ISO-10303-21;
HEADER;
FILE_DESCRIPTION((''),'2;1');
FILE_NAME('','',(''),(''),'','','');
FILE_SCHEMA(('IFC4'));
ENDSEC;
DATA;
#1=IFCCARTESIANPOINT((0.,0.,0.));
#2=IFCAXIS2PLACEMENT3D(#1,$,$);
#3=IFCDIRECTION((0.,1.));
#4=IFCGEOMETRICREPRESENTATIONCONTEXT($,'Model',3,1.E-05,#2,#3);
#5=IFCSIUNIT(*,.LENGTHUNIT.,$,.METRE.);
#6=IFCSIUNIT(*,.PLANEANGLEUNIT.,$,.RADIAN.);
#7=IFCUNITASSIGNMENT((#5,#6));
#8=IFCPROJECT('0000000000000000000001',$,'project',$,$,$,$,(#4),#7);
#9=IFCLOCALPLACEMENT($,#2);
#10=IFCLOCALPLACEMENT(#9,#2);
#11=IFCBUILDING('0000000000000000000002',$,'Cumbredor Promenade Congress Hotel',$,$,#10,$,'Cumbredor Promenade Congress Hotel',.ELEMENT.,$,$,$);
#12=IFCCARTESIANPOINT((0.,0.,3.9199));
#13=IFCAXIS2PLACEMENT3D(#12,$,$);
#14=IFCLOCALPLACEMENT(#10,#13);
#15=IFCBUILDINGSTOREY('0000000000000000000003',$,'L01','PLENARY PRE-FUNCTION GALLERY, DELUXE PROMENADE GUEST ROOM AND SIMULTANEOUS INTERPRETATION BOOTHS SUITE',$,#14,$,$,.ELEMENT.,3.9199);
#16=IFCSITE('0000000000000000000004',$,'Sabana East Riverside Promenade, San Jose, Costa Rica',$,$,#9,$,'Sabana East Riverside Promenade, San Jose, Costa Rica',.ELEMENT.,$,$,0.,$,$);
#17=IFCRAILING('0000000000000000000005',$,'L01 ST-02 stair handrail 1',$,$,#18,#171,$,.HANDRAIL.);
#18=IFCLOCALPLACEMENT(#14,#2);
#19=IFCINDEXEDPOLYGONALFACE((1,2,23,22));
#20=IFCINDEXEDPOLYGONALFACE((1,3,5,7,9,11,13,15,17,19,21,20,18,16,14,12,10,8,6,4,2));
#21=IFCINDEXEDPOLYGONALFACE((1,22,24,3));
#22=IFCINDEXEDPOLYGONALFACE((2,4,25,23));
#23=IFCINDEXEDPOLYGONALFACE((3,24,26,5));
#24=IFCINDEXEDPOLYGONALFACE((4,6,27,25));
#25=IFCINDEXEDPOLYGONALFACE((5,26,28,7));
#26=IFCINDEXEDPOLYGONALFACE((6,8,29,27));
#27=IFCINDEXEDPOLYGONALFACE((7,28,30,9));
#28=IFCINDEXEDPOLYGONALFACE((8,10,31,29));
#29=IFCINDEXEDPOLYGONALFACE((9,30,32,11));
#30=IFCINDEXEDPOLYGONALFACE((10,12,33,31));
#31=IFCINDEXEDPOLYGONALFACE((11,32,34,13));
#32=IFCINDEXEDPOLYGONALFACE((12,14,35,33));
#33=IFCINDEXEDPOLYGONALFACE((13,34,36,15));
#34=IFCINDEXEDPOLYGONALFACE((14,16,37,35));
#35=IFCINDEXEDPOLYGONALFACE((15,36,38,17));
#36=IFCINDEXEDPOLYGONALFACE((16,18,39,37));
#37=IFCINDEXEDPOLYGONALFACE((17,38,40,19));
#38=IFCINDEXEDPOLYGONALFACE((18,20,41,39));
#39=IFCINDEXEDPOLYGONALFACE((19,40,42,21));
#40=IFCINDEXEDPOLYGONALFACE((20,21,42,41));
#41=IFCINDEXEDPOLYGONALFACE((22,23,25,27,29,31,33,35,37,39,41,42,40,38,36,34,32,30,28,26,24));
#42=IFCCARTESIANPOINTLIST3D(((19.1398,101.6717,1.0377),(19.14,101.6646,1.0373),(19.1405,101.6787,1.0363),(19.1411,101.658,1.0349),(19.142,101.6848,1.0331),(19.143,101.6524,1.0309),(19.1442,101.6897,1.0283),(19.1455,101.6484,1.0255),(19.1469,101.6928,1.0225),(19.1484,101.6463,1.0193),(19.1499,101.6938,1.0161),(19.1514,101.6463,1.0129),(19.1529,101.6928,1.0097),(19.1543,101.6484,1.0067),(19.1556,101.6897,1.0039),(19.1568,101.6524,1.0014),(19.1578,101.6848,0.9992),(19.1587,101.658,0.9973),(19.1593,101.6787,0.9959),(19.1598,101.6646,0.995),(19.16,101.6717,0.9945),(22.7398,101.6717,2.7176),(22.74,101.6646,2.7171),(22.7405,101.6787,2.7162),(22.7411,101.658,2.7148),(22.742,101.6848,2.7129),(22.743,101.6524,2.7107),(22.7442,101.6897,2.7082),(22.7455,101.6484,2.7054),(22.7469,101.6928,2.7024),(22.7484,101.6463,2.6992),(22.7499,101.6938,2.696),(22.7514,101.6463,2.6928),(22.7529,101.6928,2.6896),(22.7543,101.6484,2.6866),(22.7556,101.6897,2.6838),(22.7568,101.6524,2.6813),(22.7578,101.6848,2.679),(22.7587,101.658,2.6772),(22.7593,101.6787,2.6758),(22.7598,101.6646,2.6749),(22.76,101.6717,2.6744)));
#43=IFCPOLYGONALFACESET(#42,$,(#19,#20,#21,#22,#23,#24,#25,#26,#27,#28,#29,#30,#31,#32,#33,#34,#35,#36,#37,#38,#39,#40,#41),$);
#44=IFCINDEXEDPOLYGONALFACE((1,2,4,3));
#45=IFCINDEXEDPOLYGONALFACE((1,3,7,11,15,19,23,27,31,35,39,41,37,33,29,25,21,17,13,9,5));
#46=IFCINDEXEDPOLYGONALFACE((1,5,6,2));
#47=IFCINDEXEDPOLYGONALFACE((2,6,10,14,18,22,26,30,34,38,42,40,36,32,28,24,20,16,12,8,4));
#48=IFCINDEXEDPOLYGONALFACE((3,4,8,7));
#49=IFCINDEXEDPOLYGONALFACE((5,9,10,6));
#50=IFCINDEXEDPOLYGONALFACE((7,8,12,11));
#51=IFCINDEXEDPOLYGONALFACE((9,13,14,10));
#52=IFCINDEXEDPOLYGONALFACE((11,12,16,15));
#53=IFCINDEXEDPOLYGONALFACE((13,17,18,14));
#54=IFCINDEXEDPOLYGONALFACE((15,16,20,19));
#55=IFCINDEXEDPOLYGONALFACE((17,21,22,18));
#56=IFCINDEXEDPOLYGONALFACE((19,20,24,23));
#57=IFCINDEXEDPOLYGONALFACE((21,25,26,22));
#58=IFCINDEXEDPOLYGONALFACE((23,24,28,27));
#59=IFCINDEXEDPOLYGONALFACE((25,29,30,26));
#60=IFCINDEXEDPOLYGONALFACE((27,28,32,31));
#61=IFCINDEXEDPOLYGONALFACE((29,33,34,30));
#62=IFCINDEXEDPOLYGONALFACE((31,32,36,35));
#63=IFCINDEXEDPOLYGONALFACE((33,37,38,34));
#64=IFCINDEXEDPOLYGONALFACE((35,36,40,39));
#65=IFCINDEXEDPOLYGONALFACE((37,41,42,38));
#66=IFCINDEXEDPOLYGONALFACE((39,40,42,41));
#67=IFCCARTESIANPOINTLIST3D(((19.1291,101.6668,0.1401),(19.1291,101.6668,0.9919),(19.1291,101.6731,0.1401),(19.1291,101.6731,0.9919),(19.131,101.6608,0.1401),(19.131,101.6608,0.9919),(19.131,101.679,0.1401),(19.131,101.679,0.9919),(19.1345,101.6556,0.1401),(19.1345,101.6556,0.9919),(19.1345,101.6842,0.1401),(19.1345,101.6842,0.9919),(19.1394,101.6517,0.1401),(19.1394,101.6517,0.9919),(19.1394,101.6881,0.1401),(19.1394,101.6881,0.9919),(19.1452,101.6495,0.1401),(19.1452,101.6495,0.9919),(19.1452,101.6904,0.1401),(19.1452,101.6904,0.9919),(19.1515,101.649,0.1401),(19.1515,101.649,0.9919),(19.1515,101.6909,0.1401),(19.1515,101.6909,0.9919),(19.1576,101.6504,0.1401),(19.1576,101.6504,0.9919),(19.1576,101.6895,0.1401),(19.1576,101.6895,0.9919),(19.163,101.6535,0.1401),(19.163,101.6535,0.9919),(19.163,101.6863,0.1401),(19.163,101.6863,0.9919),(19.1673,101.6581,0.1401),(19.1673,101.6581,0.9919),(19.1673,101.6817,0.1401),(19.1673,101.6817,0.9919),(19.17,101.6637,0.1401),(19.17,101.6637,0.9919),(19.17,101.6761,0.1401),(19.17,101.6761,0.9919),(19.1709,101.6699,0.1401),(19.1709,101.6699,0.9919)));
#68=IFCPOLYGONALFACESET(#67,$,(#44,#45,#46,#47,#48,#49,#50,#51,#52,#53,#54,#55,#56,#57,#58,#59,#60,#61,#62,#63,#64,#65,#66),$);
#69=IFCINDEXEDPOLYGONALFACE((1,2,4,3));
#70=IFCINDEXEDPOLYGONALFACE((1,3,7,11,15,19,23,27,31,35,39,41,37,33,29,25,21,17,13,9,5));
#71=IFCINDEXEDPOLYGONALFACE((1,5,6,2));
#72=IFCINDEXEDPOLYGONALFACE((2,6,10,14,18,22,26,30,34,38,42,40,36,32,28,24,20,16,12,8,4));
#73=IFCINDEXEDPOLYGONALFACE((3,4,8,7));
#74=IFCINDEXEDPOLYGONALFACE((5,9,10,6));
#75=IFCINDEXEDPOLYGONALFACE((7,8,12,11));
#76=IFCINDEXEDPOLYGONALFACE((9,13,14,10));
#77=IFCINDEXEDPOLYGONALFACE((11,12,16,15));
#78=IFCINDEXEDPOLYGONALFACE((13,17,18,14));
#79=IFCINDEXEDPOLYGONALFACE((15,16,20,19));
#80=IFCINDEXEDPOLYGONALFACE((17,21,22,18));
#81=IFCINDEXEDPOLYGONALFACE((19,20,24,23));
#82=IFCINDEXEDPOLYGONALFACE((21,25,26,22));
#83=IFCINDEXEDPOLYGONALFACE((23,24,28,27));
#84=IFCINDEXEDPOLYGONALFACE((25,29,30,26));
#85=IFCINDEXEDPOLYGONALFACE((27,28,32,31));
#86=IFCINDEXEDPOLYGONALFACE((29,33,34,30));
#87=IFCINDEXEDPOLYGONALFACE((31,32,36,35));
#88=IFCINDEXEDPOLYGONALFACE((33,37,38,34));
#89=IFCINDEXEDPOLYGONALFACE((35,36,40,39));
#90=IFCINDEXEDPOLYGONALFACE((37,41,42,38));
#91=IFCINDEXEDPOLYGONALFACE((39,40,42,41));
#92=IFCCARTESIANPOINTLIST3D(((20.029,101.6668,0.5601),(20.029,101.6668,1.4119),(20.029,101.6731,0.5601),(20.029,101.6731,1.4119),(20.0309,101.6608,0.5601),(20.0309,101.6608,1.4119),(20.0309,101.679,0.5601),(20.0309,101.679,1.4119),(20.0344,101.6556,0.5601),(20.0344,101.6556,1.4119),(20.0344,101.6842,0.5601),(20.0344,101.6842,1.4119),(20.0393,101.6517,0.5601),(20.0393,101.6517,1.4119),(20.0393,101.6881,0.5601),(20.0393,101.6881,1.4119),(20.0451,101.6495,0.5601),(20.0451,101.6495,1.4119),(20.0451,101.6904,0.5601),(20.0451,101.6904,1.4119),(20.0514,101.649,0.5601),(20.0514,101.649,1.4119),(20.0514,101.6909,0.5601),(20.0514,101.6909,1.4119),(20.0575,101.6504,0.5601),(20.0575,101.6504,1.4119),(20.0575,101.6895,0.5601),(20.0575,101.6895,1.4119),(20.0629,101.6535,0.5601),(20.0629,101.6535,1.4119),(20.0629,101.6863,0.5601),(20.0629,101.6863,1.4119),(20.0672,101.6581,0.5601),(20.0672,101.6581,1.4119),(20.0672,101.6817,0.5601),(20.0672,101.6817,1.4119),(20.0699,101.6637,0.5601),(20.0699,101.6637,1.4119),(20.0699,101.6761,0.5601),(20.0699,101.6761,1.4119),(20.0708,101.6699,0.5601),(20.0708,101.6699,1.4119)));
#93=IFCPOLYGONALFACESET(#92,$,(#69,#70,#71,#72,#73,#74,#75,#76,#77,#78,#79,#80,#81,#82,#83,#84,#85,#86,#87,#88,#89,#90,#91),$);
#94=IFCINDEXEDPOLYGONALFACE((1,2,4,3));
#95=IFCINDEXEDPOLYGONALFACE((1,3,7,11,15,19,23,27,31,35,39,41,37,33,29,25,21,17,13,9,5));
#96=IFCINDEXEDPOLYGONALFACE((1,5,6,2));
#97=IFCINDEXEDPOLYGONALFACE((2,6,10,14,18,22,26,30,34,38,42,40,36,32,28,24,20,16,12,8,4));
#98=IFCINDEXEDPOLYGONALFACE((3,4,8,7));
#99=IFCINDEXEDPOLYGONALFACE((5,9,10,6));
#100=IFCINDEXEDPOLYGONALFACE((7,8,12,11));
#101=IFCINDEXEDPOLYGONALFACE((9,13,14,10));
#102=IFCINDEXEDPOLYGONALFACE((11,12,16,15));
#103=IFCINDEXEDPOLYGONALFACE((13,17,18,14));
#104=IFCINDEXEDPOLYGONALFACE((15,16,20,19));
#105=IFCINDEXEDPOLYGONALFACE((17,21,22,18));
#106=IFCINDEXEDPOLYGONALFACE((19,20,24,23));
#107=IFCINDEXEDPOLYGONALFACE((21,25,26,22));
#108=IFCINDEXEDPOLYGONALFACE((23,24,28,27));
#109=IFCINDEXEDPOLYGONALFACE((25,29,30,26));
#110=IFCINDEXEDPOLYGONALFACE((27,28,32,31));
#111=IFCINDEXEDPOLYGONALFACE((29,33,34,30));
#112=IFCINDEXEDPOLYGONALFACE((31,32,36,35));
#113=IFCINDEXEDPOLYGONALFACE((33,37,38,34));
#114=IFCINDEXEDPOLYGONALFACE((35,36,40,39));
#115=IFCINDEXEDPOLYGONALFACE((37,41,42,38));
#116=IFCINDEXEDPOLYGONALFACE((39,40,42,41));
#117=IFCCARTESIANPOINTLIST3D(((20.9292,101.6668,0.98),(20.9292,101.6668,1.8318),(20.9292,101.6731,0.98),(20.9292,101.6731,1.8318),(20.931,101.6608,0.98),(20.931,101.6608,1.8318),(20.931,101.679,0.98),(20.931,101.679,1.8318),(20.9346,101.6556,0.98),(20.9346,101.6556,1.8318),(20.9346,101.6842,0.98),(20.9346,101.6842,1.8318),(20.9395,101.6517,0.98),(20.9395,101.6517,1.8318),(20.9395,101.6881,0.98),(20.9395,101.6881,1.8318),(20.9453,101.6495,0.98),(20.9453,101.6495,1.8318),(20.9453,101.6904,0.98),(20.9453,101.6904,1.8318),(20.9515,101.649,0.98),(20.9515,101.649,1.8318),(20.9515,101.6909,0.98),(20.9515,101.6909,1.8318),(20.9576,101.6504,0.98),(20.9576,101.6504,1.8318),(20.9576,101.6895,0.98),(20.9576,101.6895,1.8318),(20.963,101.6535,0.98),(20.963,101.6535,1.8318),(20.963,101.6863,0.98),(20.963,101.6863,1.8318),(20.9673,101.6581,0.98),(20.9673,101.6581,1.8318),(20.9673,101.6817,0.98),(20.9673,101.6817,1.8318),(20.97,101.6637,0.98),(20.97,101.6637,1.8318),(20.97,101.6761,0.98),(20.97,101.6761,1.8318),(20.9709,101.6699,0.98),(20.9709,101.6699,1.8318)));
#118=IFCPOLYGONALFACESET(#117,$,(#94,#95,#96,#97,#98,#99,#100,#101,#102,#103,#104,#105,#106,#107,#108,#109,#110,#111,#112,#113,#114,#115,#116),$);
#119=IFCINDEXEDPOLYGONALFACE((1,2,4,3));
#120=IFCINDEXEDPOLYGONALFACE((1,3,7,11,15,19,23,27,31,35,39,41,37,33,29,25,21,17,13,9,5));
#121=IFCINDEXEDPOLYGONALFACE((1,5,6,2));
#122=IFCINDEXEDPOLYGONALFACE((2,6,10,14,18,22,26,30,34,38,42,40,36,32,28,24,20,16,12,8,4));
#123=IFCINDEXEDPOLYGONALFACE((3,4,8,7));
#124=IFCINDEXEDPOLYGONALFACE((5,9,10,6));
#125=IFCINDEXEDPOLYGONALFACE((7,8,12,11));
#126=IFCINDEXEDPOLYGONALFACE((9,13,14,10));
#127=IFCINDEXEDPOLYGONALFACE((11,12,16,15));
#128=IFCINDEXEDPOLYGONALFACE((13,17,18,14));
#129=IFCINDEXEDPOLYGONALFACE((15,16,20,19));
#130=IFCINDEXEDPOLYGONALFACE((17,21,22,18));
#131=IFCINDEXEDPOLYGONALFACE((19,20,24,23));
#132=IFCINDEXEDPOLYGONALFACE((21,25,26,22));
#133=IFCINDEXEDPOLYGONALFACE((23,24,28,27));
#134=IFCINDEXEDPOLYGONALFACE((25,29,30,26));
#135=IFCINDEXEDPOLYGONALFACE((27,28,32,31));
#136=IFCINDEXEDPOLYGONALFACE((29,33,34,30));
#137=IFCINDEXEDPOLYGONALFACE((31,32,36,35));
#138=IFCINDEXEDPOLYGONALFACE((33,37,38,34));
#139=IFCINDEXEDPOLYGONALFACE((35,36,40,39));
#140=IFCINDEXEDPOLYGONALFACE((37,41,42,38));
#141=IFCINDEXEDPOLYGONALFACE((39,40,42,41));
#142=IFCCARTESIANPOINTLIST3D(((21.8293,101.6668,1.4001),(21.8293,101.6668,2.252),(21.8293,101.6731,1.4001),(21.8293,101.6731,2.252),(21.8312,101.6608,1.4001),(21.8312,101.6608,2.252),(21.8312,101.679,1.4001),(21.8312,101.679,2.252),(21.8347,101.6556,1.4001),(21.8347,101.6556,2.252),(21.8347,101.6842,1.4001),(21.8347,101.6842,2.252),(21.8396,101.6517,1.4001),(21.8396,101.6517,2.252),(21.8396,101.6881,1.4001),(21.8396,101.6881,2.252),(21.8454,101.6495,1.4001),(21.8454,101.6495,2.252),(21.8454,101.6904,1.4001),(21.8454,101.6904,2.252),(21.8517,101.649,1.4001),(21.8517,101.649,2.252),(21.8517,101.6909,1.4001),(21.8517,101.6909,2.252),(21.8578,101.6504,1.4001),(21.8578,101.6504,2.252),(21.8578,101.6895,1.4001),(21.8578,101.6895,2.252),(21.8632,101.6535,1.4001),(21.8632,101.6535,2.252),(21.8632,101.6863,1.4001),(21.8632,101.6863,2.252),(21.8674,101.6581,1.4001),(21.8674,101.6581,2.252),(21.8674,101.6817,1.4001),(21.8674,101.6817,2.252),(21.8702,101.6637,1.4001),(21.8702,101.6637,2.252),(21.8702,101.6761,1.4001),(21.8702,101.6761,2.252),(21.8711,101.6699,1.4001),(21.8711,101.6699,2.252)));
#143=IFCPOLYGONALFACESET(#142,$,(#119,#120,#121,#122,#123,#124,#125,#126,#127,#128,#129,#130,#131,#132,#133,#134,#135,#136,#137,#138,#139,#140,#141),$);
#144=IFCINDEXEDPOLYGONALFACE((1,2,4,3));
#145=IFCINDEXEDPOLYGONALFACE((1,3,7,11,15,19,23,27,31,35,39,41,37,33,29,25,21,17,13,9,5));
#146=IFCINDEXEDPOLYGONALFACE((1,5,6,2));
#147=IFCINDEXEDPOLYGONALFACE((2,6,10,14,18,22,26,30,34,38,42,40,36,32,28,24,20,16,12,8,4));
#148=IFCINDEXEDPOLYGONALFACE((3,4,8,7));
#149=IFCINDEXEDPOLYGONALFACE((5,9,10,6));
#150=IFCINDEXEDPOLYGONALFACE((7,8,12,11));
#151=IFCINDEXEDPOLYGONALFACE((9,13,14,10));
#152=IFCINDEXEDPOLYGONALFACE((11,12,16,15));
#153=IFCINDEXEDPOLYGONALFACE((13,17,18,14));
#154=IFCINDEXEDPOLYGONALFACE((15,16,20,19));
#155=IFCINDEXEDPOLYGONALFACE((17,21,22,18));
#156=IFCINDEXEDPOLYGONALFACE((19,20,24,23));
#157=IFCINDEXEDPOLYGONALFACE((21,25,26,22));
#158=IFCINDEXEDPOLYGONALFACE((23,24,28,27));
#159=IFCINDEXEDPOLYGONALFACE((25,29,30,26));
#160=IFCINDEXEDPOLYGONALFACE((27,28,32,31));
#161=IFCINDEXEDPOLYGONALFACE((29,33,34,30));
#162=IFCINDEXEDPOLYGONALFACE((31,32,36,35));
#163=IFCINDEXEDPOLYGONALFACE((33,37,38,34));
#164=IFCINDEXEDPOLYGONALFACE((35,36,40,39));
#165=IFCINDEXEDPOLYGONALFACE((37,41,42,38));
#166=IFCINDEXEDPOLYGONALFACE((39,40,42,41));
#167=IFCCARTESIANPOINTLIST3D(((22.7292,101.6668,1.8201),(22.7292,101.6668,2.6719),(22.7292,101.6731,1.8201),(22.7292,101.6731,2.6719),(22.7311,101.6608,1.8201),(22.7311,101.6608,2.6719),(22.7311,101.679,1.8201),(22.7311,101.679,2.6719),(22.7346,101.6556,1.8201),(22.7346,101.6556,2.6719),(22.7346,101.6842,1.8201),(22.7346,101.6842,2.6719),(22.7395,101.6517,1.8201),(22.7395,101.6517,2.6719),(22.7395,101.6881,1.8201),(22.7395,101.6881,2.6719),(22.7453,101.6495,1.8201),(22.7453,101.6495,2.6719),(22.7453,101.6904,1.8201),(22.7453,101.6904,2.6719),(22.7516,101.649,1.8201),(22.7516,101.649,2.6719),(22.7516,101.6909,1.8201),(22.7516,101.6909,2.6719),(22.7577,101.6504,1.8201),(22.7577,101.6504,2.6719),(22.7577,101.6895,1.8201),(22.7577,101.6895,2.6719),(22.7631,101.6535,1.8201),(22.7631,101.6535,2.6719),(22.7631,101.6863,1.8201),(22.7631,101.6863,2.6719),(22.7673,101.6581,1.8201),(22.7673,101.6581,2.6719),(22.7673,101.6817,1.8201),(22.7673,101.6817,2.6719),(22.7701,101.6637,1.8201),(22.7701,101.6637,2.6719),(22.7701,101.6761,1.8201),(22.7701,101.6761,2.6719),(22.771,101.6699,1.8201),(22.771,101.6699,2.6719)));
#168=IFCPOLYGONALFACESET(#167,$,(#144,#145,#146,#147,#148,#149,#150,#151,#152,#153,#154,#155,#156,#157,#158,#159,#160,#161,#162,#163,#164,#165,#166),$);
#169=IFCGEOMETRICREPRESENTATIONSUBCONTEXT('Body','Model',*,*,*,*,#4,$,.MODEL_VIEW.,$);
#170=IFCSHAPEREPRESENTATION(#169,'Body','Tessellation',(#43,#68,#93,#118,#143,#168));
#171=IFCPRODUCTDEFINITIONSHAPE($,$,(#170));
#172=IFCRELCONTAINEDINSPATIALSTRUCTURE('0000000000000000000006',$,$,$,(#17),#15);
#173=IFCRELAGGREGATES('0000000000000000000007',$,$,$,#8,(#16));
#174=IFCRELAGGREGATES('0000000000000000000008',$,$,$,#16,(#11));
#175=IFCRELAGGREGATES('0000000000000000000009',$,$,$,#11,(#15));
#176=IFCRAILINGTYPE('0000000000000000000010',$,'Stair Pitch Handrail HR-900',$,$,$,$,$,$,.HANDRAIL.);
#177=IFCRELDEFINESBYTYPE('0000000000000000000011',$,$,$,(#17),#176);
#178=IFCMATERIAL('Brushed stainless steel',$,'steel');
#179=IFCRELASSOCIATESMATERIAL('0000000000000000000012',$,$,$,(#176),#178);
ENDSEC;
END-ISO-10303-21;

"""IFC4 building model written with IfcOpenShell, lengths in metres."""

from ifc_helpers import new_model, si_unit, direction, frame, origin, origin_2d, place, context, subcontext, project, spatial, circle, extrude, material, type_object, element, save


model = new_model("IFC4")

# Units and contexts
model_context = context("Model", 3, precision=1e-05, world=origin(), true_north=direction((0.0, 1.0)))
body_context = subcontext(model_context, "Body", "Model", "MODEL_VIEW")
ifc_project = project(units=[si_unit("LENGTHUNIT", "METRE"), si_unit("PLANEANGLEUNIT", "RADIAN")], contexts=[model_context])

# Site, building, storey
site_placement = place(None, origin())
site = spatial("IfcSite", under=ifc_project, at=site_placement, Name="Sabana East Riverside Promenade, San Jose, Costa Rica", LongName="Sabana East Riverside Promenade, San Jose, Costa Rica", CompositionType="ELEMENT", RefElevation=0.0)
building_placement = place(site_placement, origin())
building = spatial("IfcBuilding", under=site, at=building_placement, Name="Cumbredor Promenade Congress Hotel", LongName="Cumbredor Promenade Congress Hotel", CompositionType="ELEMENT")
storey_placement = place(building_placement, frame((0.0, 0.0, 3.9199)))
storey = spatial("IfcBuildingStorey", under=building, at=storey_placement, Name="L01", Description="PLENARY PRE-FUNCTION GALLERY, DELUXE PROMENADE GUEST ROOM AND SIMULTANEOUS INTERPRETATION BOOTHS SUITE", CompositionType="ELEMENT", Elevation=3.9199)

# Railing
ifc_material_1 = material(Name="Brushed stainless steel", Category="steel")
railing_type_1 = type_object("IfcRailingType", Name="Stair Pitch Handrail HR-900", PredefinedType="HANDRAIL", material=ifc_material_1)
railing_1_placement = place(storey_placement, frame((19.1499, 101.6699, 0.1401)))
element("IfcRailing", 1, at=railing_1_placement, inside=storey, type_object=railing_type_1, Name="L01 ST-02 stair handrail 1", PredefinedType="HANDRAIL", context=body_context, shape_type="SweptSolid", body=[
    extrude(circle(Radius=0.0239, at=origin_2d()), frame((0.0, 0.0, 0.876), z_axis=(0.906194, 0.0, 0.422862), x_axis=(0.0, 1.0, 0.0)), (0.0, 0.0, 1.0), 3.9727),
    extrude(circle(Radius=0.021, at=origin_2d()), origin(), (0.0, 0.0, 1.0), 0.8518),
    extrude(circle(Radius=0.021, at=origin_2d()), frame((0.8999, 0.0, 0.4199)), (0.0, 0.0, 1.0), 0.8518),
    extrude(circle(Radius=0.021, at=origin_2d()), frame((1.8, 0.0, 0.8398)), (0.0, 0.0, 1.0), 0.8518),
    extrude(circle(Radius=0.021, at=origin_2d()), frame((2.7002, 0.0, 1.26)), (0.0, 0.0, 1.0), 0.8518),
    extrude(circle(Radius=0.021, at=origin_2d()), frame((3.6001, 0.0, 1.6799)), (0.0, 0.0, 1.0), 0.8518),
])

save(model, "model.ifc")
